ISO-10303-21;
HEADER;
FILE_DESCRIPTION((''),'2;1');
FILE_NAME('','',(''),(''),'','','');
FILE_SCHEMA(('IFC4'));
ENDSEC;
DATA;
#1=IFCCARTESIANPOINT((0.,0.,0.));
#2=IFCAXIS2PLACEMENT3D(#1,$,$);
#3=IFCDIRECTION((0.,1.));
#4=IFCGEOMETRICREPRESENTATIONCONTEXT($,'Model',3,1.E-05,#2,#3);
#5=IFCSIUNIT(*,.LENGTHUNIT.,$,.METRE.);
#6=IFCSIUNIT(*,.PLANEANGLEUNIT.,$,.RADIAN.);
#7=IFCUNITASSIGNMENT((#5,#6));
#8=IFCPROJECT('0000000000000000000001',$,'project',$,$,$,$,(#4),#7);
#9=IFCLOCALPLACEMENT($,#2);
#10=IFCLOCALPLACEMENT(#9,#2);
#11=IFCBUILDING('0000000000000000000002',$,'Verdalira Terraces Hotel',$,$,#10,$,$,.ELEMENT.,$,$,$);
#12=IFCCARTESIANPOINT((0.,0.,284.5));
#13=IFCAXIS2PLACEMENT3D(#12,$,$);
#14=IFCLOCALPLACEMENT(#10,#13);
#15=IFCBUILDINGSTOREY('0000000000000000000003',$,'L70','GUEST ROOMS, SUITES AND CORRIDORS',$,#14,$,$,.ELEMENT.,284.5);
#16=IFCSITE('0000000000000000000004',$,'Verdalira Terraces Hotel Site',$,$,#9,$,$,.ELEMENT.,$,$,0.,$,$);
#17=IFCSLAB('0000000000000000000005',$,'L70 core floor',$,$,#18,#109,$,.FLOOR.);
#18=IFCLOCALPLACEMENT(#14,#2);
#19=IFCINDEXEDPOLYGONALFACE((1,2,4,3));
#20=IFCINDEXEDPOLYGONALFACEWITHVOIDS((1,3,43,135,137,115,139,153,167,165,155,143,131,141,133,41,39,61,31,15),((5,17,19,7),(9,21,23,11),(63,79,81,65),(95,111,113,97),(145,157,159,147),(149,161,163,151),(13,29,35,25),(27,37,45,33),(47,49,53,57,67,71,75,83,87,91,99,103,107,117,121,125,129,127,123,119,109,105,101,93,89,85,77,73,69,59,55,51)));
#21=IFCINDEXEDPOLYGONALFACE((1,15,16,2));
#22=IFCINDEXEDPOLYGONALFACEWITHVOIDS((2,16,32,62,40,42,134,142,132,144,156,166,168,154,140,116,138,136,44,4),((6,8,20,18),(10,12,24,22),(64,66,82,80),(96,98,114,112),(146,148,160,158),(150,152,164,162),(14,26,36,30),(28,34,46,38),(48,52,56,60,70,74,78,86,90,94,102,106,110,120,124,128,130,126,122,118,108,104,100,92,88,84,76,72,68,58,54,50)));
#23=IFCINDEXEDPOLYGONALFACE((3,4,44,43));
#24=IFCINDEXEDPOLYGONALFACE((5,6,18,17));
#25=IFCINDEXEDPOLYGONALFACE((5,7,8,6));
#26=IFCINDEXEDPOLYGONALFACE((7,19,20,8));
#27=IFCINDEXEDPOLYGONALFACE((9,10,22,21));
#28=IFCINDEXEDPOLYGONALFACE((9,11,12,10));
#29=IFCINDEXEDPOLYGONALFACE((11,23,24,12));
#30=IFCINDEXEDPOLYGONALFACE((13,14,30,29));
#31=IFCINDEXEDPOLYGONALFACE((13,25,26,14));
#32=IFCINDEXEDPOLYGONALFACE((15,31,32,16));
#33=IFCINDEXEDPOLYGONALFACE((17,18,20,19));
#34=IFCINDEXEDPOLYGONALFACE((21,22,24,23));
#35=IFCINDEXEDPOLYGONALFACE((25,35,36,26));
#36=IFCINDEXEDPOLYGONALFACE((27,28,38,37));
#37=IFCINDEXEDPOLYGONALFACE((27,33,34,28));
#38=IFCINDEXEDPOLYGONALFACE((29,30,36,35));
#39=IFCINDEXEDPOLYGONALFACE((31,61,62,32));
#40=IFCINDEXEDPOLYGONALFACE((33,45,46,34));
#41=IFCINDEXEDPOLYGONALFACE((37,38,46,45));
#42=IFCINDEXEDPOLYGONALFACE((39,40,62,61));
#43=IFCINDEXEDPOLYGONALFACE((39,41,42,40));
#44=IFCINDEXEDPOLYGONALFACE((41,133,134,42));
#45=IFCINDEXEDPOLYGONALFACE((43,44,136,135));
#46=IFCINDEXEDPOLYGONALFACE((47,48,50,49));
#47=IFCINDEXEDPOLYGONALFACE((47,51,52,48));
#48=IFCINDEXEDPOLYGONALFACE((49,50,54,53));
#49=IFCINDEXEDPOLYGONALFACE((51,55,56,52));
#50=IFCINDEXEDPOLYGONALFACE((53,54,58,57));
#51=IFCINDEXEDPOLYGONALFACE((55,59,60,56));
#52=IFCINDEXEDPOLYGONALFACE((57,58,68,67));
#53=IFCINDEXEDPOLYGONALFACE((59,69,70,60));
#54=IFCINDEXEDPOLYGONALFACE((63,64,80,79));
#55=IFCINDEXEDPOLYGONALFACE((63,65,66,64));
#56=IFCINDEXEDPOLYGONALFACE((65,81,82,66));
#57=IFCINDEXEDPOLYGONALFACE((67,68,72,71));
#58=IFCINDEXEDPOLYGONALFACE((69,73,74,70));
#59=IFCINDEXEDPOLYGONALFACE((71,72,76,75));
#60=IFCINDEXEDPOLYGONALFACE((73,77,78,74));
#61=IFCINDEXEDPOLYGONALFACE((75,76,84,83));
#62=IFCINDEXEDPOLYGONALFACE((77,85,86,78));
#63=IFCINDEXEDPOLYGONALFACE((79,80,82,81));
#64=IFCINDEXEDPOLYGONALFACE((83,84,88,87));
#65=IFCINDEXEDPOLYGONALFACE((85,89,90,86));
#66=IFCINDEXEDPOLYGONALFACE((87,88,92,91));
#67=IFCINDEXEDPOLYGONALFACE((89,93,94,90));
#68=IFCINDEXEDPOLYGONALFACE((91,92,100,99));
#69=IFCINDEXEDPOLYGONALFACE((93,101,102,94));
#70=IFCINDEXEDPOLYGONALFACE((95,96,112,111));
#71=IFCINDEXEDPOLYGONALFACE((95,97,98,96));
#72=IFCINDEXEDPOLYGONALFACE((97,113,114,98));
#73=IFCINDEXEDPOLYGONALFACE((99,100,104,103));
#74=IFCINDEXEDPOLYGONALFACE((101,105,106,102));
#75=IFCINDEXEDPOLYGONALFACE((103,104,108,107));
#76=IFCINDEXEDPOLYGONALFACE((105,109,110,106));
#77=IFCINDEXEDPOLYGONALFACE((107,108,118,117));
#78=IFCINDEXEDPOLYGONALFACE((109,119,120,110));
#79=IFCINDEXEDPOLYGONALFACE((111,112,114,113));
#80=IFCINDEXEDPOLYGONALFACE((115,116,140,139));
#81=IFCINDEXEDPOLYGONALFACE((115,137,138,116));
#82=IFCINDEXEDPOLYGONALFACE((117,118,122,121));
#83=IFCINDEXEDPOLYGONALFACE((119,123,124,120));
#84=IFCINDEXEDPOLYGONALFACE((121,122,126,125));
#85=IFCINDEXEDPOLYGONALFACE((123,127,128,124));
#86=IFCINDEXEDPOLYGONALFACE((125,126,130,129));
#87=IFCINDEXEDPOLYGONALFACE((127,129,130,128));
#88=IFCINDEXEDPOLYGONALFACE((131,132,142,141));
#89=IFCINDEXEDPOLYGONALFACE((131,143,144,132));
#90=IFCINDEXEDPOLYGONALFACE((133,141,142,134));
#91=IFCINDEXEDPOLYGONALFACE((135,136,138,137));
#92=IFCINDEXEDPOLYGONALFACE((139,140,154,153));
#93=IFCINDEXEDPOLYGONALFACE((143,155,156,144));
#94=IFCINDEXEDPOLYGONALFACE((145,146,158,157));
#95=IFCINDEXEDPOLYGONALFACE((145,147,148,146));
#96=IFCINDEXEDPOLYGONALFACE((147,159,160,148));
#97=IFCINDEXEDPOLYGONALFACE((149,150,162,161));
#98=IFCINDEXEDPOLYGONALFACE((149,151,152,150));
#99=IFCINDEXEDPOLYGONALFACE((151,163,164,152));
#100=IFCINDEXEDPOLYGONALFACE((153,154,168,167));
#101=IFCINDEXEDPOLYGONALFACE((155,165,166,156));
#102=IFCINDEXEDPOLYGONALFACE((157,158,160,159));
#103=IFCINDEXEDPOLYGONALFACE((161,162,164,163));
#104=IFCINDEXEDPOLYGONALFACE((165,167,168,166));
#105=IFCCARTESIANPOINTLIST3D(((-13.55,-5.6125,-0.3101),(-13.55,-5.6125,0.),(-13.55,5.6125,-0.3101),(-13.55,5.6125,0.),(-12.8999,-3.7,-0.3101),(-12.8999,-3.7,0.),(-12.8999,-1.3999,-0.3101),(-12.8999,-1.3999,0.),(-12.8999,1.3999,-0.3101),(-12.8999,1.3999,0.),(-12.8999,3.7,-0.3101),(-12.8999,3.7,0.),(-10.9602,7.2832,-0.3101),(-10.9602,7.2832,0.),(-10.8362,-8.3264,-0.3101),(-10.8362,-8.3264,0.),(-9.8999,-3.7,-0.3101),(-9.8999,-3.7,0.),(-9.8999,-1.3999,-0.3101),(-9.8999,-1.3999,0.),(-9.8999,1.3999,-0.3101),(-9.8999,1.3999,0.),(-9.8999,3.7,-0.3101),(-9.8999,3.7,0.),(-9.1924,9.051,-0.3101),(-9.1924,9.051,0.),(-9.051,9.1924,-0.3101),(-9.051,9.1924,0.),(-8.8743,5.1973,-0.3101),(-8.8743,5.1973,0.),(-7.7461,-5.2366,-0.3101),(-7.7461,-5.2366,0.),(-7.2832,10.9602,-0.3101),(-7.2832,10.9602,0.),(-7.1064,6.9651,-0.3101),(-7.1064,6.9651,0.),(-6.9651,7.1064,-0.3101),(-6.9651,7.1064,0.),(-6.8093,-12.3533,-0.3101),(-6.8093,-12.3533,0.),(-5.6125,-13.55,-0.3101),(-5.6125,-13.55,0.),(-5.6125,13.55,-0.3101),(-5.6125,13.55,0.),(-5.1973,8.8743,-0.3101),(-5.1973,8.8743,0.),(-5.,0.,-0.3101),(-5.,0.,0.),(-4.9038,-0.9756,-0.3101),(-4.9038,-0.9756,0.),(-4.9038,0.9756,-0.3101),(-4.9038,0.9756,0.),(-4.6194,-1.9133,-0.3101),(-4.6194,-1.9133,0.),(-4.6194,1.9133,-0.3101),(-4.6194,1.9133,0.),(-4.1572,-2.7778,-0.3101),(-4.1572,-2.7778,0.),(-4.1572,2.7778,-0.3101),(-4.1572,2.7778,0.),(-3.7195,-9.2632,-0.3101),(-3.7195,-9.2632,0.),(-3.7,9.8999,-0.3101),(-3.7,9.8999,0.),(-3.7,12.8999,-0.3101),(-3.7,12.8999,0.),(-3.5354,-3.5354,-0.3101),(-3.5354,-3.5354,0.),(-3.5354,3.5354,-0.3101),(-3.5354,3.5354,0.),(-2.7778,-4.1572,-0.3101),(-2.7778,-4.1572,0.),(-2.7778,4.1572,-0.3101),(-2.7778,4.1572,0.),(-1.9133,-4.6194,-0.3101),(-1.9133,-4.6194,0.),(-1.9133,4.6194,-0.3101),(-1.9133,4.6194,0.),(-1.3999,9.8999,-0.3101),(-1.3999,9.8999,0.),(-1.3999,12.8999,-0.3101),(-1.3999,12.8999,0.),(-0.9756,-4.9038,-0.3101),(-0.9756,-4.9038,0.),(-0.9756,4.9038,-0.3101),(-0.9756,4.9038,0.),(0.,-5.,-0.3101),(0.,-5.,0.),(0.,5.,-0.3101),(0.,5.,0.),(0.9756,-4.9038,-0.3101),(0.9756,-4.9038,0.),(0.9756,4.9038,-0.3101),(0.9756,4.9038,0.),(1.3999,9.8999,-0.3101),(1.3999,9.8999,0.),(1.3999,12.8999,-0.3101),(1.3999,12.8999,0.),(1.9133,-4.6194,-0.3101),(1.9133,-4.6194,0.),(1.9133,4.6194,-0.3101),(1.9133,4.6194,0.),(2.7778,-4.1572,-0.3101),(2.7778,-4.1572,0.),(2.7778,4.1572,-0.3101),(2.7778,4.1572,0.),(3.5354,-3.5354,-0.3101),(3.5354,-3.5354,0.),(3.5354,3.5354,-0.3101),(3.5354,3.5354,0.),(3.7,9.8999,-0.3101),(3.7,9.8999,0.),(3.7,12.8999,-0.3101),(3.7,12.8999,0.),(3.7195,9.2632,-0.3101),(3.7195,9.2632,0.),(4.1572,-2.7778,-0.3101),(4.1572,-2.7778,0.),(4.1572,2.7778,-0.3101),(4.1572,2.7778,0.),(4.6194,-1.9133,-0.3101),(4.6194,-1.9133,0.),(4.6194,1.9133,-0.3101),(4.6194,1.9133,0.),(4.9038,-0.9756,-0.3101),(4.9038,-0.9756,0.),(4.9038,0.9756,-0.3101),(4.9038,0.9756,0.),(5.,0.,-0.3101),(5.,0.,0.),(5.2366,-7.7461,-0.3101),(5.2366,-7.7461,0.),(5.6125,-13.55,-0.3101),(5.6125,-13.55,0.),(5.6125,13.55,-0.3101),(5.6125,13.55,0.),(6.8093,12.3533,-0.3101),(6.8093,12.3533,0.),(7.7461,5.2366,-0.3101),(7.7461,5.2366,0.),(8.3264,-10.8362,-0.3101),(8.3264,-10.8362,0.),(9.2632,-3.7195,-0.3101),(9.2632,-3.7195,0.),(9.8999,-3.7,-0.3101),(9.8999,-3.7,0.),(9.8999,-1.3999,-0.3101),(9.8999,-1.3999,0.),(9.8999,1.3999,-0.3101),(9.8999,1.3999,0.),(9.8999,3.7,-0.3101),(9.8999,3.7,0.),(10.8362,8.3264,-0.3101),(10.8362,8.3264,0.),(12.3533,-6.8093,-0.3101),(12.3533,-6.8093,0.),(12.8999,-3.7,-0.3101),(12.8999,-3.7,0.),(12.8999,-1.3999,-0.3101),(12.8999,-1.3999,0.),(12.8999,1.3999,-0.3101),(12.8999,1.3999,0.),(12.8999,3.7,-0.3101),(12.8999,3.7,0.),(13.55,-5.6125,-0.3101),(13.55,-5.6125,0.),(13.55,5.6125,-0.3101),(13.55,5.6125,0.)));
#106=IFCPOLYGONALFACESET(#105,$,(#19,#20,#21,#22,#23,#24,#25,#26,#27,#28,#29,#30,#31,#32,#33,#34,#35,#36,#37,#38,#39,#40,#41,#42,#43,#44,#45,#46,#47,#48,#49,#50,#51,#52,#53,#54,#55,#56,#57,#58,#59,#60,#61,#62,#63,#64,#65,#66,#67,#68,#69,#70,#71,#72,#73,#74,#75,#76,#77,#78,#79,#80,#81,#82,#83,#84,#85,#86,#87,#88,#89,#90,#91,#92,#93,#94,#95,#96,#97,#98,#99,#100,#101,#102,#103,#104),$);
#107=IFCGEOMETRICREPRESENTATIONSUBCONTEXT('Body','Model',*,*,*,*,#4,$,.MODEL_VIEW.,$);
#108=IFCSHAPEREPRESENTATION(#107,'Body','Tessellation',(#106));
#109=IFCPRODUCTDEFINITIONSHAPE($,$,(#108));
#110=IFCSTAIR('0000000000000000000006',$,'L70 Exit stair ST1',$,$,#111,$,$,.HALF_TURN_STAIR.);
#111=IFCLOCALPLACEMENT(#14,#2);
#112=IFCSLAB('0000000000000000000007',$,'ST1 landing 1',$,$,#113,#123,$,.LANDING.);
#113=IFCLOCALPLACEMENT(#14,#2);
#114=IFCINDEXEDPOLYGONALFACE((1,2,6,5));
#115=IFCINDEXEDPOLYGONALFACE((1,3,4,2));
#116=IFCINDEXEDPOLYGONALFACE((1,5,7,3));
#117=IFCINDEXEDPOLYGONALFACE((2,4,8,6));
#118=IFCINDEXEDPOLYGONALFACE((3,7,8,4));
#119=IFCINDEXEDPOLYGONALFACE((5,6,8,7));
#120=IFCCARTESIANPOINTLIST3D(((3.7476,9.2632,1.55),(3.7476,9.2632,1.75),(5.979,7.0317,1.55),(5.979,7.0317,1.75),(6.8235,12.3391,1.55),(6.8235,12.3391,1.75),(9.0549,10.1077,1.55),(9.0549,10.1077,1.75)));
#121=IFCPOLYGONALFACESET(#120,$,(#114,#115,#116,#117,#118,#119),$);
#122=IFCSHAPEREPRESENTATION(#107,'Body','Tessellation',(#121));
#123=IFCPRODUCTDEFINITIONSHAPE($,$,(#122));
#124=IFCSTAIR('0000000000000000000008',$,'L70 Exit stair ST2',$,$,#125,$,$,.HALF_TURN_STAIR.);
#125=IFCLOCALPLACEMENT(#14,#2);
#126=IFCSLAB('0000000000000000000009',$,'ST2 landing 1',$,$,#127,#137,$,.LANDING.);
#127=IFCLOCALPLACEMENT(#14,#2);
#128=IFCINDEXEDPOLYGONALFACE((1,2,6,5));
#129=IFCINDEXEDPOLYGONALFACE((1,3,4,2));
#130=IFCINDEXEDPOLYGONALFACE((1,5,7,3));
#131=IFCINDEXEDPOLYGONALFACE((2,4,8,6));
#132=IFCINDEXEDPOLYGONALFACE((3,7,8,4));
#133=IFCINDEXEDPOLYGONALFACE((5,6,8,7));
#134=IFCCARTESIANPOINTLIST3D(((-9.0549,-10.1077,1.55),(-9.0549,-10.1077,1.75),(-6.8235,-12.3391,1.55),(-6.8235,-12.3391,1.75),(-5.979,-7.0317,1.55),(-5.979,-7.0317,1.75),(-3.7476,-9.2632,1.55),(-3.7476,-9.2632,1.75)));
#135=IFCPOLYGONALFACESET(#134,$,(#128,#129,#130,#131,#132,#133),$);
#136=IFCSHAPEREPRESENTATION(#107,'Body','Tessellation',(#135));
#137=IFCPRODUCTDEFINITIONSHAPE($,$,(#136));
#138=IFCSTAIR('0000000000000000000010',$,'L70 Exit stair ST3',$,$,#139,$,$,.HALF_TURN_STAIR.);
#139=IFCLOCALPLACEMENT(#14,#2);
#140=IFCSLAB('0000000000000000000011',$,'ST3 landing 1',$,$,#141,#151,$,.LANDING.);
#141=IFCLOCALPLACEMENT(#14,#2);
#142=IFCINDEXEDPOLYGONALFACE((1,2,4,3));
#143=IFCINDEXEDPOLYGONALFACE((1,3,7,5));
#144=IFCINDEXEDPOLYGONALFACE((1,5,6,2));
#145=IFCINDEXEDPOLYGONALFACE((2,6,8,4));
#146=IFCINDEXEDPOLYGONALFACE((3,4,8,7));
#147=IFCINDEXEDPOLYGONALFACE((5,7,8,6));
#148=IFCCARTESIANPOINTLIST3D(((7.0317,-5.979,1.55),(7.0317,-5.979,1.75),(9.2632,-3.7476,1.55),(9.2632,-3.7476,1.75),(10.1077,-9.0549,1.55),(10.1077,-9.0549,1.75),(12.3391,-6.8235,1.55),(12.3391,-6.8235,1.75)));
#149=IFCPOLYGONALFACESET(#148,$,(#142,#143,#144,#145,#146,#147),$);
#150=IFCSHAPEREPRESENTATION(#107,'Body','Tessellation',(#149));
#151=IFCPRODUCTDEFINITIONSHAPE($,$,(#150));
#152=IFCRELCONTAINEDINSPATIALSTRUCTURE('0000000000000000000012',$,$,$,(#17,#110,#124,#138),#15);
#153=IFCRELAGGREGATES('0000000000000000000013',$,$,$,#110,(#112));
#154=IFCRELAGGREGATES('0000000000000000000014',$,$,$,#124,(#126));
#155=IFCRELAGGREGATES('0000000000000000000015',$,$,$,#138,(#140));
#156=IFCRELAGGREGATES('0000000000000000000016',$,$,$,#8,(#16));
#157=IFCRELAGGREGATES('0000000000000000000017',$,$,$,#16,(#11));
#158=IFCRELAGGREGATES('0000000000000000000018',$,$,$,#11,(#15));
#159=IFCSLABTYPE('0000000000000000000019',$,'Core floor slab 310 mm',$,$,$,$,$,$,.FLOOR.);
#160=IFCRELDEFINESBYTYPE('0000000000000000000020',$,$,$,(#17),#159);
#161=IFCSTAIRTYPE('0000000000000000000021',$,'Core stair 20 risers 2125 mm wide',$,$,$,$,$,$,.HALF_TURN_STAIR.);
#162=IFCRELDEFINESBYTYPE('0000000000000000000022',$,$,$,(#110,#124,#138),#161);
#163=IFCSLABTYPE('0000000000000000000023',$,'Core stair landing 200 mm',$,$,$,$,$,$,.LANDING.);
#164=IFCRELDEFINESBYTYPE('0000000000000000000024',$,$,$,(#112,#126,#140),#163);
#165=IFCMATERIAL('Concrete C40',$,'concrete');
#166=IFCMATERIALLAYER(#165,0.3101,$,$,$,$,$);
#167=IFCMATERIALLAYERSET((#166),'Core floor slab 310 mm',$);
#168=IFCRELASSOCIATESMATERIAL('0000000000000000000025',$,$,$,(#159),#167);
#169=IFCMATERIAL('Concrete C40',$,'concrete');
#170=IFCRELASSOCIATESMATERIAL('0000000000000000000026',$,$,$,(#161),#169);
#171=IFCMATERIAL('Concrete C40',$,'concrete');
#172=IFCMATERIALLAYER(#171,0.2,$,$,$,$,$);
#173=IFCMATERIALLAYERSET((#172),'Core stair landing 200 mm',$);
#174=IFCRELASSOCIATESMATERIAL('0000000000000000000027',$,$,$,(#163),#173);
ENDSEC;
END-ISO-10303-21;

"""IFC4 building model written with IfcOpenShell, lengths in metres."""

from ifc_helpers import new_model, si_unit, direction, frame, origin, place, context, subcontext, project, spatial, polyline, outline, extrude, material, layer, layer_set, type_object, element, aggregate, save


model = new_model("IFC4")

# Units and contexts
model_context = context("Model", 3, precision=1e-05, world=origin(), true_north=direction((0.0, 1.0)))
body_context = subcontext(model_context, "Body", "Model", "MODEL_VIEW")
ifc_project = project(units=[si_unit("LENGTHUNIT", "METRE"), si_unit("PLANEANGLEUNIT", "RADIAN")], contexts=[model_context])

# Site, building, storey
site_placement = place(None, origin())
site = spatial("IfcSite", under=ifc_project, at=site_placement, Name="Verdalira Terraces Hotel Site", CompositionType="ELEMENT", RefElevation=0.0)
building_placement = place(site_placement, origin())
building = spatial("IfcBuilding", under=site, at=building_placement, Name="Verdalira Terraces Hotel", CompositionType="ELEMENT")
storey_placement = place(building_placement, frame((0.0, 0.0, 284.5)))
storey = spatial("IfcBuildingStorey", under=building, at=storey_placement, Name="L70", Description="GUEST ROOMS, SUITES AND CORRIDORS", CompositionType="ELEMENT", Elevation=284.5)

# Slab
ifc_material_1 = material(Name="Concrete C40", Category="concrete")
ifc_layer_1 = layer(ifc_material_1, 0.3101)
ifc_layer_set_1 = layer_set([ifc_layer_1], Name="Core floor slab 310 mm")
slab_type_1 = type_object("IfcSlabType", Name="Core floor slab 310 mm", PredefinedType="FLOOR", material=ifc_layer_set_1)
slab_1_placement = place(storey_placement, frame((0.0, 0.0, -0.3101)))
element("IfcSlab", 1, at=slab_1_placement, inside=storey, type_object=slab_type_1, Name="L70 core floor", PredefinedType="FLOOR", context=body_context, shape_type="SweptSolid", body=[
    extrude(outline(polyline([(-6.8093, -12.3533), (-3.7195, -9.2632), (-7.7461, -5.2366), (-10.8362, -8.3264), (-13.55, -5.6125), (-13.55, 5.6125), (-5.6125, 13.55), (5.6125, 13.55), (6.8093, 12.3533), (3.7195, 9.2632), (7.7461, 5.2366), (10.8362, 8.3264), (13.55, 5.6125), (13.55, -5.6125), (12.3533, -6.8093), (9.2632, -3.7195), (5.2366, -7.7461), (8.3264, -10.8362), (5.6125, -13.55), (-5.6125, -13.55), (-6.8093, -12.3533)]), holes=[polyline([(9.8999, -1.3999), (9.8999, -3.7), (12.8999, -3.7), (12.8999, -1.3999), (9.8999, -1.3999)]), polyline([(9.8999, 3.7), (9.8999, 1.3999), (12.8999, 1.3999), (12.8999, 3.7), (9.8999, 3.7)]), polyline([(3.7, 12.8999), (1.3999, 12.8999), (1.3999, 9.8999), (3.7, 9.8999), (3.7, 12.8999)]), polyline([(-1.3999, 12.8999), (-3.7, 12.8999), (-3.7, 9.8999), (-1.3999, 9.8999), (-1.3999, 12.8999)]), polyline([(-9.8999, 1.3999), (-9.8999, 3.7), (-12.8999, 3.7), (-12.8999, 1.3999), (-9.8999, 1.3999)]), polyline([(-9.8999, -3.7), (-9.8999, -1.3999), (-12.8999, -1.3999), (-12.8999, -3.7), (-9.8999, -3.7)]), polyline([(-9.051, 9.1924), (-6.9651, 7.1064), (-5.1973, 8.8743), (-7.2832, 10.9602), (-9.051, 9.1924)]), polyline([(-9.1924, 9.051), (-10.9602, 7.2832), (-8.8743, 5.1973), (-7.1064, 6.9651), (-9.1924, 9.051)]), polyline([(3.5354, 3.5354), (2.7778, 4.1572), (1.9133, 4.6194), (0.9756, 4.9038), (0.0, 5.0), (-0.9756, 4.9038), (-1.9133, 4.6194), (-2.7778, 4.1572), (-3.5354, 3.5354), (-4.1572, 2.7778), (-4.6194, 1.9133), (-4.9038, 0.9756), (-5.0, 0.0), (-4.9038, -0.9756), (-4.6194, -1.9133), (-4.1572, -2.7778), (-3.5354, -3.5354), (-2.7778, -4.1572), (-1.9133, -4.6194), (-0.9756, -4.9038), (0.0, -5.0), (0.9756, -4.9038), (1.9133, -4.6194), (2.7778, -4.1572), (3.5354, -3.5354), (4.1572, -2.7778), (4.6194, -1.9133), (4.9038, -0.9756), (5.0, 0.0), (4.9038, 0.9756), (4.6194, 1.9133), (4.1572, 2.7778), (3.5354, 3.5354)])]), origin(), (0.0, 0.0, 1.0), 0.3101),
])

# Stairs, slabs
ifc_material_2 = material(Name="Concrete C40", Category="concrete")
stair_type = type_object("IfcStairType", Name="Core stair 20 risers 2125 mm wide", PredefinedType="HALF_TURN_STAIR", material=ifc_material_2)
stair_1_placement = place(storey_placement, origin())
stair_1 = element("IfcStair", 2, at=stair_1_placement, inside=storey, type_object=stair_type, Name="L70 Exit stair ST1", PredefinedType="HALF_TURN_STAIR")
ifc_material_3 = material(Name="Concrete C40", Category="concrete")
ifc_layer_2 = layer(ifc_material_3, 0.2)
ifc_layer_set_2 = layer_set([ifc_layer_2], Name="Core stair landing 200 mm")
slab_type_2 = type_object("IfcSlabType", Name="Core stair landing 200 mm", PredefinedType="LANDING", material=ifc_layer_set_2)
slab_2_placement = place(storey_placement, frame((0.0, 0.0, 1.55)))
slab_2 = element("IfcSlab", 3, at=slab_2_placement, type_object=slab_type_2, Name="ST1 landing 1", PredefinedType="LANDING", context=body_context, shape_type="SweptSolid", body=[
    extrude(outline(polyline([(9.0549, 10.1077), (6.8235, 12.3391), (3.7476, 9.2632), (5.979, 7.0317), (9.0549, 10.1077)])), origin(), (0.0, 0.0, 1.0), 0.2),
])
aggregate(stair_1, [slab_2])
stair_2_placement = place(storey_placement, origin())
stair_2 = element("IfcStair", 4, at=stair_2_placement, inside=storey, type_object=stair_type, Name="L70 Exit stair ST2", PredefinedType="HALF_TURN_STAIR")
slab_3_placement = place(storey_placement, frame((0.0, 0.0, 1.55)))
slab_3 = element("IfcSlab", 5, at=slab_3_placement, type_object=slab_type_2, Name="ST2 landing 1", PredefinedType="LANDING", context=body_context, shape_type="SweptSolid", body=[
    extrude(outline(polyline([(-9.0549, -10.1077), (-6.8235, -12.3391), (-3.7476, -9.2632), (-5.979, -7.0317), (-9.0549, -10.1077)])), origin(), (0.0, 0.0, 1.0), 0.2),
])
aggregate(stair_2, [slab_3])
stair_3_placement = place(storey_placement, origin())
stair_3 = element("IfcStair", 6, at=stair_3_placement, inside=storey, type_object=stair_type, Name="L70 Exit stair ST3", PredefinedType="HALF_TURN_STAIR")
slab_4_placement = place(storey_placement, frame((0.0, 0.0, 1.55)))
slab_4 = element("IfcSlab", 7, at=slab_4_placement, type_object=slab_type_2, Name="ST3 landing 1", PredefinedType="LANDING", context=body_context, shape_type="SweptSolid", body=[
    extrude(outline(polyline([(10.1077, -9.0549), (12.3391, -6.8235), (9.2632, -3.7476), (7.0317, -5.979), (10.1077, -9.0549)])), origin(), (0.0, 0.0, 1.0), 0.2),
])
aggregate(stair_3, [slab_4])

save(model, "model.ifc")
